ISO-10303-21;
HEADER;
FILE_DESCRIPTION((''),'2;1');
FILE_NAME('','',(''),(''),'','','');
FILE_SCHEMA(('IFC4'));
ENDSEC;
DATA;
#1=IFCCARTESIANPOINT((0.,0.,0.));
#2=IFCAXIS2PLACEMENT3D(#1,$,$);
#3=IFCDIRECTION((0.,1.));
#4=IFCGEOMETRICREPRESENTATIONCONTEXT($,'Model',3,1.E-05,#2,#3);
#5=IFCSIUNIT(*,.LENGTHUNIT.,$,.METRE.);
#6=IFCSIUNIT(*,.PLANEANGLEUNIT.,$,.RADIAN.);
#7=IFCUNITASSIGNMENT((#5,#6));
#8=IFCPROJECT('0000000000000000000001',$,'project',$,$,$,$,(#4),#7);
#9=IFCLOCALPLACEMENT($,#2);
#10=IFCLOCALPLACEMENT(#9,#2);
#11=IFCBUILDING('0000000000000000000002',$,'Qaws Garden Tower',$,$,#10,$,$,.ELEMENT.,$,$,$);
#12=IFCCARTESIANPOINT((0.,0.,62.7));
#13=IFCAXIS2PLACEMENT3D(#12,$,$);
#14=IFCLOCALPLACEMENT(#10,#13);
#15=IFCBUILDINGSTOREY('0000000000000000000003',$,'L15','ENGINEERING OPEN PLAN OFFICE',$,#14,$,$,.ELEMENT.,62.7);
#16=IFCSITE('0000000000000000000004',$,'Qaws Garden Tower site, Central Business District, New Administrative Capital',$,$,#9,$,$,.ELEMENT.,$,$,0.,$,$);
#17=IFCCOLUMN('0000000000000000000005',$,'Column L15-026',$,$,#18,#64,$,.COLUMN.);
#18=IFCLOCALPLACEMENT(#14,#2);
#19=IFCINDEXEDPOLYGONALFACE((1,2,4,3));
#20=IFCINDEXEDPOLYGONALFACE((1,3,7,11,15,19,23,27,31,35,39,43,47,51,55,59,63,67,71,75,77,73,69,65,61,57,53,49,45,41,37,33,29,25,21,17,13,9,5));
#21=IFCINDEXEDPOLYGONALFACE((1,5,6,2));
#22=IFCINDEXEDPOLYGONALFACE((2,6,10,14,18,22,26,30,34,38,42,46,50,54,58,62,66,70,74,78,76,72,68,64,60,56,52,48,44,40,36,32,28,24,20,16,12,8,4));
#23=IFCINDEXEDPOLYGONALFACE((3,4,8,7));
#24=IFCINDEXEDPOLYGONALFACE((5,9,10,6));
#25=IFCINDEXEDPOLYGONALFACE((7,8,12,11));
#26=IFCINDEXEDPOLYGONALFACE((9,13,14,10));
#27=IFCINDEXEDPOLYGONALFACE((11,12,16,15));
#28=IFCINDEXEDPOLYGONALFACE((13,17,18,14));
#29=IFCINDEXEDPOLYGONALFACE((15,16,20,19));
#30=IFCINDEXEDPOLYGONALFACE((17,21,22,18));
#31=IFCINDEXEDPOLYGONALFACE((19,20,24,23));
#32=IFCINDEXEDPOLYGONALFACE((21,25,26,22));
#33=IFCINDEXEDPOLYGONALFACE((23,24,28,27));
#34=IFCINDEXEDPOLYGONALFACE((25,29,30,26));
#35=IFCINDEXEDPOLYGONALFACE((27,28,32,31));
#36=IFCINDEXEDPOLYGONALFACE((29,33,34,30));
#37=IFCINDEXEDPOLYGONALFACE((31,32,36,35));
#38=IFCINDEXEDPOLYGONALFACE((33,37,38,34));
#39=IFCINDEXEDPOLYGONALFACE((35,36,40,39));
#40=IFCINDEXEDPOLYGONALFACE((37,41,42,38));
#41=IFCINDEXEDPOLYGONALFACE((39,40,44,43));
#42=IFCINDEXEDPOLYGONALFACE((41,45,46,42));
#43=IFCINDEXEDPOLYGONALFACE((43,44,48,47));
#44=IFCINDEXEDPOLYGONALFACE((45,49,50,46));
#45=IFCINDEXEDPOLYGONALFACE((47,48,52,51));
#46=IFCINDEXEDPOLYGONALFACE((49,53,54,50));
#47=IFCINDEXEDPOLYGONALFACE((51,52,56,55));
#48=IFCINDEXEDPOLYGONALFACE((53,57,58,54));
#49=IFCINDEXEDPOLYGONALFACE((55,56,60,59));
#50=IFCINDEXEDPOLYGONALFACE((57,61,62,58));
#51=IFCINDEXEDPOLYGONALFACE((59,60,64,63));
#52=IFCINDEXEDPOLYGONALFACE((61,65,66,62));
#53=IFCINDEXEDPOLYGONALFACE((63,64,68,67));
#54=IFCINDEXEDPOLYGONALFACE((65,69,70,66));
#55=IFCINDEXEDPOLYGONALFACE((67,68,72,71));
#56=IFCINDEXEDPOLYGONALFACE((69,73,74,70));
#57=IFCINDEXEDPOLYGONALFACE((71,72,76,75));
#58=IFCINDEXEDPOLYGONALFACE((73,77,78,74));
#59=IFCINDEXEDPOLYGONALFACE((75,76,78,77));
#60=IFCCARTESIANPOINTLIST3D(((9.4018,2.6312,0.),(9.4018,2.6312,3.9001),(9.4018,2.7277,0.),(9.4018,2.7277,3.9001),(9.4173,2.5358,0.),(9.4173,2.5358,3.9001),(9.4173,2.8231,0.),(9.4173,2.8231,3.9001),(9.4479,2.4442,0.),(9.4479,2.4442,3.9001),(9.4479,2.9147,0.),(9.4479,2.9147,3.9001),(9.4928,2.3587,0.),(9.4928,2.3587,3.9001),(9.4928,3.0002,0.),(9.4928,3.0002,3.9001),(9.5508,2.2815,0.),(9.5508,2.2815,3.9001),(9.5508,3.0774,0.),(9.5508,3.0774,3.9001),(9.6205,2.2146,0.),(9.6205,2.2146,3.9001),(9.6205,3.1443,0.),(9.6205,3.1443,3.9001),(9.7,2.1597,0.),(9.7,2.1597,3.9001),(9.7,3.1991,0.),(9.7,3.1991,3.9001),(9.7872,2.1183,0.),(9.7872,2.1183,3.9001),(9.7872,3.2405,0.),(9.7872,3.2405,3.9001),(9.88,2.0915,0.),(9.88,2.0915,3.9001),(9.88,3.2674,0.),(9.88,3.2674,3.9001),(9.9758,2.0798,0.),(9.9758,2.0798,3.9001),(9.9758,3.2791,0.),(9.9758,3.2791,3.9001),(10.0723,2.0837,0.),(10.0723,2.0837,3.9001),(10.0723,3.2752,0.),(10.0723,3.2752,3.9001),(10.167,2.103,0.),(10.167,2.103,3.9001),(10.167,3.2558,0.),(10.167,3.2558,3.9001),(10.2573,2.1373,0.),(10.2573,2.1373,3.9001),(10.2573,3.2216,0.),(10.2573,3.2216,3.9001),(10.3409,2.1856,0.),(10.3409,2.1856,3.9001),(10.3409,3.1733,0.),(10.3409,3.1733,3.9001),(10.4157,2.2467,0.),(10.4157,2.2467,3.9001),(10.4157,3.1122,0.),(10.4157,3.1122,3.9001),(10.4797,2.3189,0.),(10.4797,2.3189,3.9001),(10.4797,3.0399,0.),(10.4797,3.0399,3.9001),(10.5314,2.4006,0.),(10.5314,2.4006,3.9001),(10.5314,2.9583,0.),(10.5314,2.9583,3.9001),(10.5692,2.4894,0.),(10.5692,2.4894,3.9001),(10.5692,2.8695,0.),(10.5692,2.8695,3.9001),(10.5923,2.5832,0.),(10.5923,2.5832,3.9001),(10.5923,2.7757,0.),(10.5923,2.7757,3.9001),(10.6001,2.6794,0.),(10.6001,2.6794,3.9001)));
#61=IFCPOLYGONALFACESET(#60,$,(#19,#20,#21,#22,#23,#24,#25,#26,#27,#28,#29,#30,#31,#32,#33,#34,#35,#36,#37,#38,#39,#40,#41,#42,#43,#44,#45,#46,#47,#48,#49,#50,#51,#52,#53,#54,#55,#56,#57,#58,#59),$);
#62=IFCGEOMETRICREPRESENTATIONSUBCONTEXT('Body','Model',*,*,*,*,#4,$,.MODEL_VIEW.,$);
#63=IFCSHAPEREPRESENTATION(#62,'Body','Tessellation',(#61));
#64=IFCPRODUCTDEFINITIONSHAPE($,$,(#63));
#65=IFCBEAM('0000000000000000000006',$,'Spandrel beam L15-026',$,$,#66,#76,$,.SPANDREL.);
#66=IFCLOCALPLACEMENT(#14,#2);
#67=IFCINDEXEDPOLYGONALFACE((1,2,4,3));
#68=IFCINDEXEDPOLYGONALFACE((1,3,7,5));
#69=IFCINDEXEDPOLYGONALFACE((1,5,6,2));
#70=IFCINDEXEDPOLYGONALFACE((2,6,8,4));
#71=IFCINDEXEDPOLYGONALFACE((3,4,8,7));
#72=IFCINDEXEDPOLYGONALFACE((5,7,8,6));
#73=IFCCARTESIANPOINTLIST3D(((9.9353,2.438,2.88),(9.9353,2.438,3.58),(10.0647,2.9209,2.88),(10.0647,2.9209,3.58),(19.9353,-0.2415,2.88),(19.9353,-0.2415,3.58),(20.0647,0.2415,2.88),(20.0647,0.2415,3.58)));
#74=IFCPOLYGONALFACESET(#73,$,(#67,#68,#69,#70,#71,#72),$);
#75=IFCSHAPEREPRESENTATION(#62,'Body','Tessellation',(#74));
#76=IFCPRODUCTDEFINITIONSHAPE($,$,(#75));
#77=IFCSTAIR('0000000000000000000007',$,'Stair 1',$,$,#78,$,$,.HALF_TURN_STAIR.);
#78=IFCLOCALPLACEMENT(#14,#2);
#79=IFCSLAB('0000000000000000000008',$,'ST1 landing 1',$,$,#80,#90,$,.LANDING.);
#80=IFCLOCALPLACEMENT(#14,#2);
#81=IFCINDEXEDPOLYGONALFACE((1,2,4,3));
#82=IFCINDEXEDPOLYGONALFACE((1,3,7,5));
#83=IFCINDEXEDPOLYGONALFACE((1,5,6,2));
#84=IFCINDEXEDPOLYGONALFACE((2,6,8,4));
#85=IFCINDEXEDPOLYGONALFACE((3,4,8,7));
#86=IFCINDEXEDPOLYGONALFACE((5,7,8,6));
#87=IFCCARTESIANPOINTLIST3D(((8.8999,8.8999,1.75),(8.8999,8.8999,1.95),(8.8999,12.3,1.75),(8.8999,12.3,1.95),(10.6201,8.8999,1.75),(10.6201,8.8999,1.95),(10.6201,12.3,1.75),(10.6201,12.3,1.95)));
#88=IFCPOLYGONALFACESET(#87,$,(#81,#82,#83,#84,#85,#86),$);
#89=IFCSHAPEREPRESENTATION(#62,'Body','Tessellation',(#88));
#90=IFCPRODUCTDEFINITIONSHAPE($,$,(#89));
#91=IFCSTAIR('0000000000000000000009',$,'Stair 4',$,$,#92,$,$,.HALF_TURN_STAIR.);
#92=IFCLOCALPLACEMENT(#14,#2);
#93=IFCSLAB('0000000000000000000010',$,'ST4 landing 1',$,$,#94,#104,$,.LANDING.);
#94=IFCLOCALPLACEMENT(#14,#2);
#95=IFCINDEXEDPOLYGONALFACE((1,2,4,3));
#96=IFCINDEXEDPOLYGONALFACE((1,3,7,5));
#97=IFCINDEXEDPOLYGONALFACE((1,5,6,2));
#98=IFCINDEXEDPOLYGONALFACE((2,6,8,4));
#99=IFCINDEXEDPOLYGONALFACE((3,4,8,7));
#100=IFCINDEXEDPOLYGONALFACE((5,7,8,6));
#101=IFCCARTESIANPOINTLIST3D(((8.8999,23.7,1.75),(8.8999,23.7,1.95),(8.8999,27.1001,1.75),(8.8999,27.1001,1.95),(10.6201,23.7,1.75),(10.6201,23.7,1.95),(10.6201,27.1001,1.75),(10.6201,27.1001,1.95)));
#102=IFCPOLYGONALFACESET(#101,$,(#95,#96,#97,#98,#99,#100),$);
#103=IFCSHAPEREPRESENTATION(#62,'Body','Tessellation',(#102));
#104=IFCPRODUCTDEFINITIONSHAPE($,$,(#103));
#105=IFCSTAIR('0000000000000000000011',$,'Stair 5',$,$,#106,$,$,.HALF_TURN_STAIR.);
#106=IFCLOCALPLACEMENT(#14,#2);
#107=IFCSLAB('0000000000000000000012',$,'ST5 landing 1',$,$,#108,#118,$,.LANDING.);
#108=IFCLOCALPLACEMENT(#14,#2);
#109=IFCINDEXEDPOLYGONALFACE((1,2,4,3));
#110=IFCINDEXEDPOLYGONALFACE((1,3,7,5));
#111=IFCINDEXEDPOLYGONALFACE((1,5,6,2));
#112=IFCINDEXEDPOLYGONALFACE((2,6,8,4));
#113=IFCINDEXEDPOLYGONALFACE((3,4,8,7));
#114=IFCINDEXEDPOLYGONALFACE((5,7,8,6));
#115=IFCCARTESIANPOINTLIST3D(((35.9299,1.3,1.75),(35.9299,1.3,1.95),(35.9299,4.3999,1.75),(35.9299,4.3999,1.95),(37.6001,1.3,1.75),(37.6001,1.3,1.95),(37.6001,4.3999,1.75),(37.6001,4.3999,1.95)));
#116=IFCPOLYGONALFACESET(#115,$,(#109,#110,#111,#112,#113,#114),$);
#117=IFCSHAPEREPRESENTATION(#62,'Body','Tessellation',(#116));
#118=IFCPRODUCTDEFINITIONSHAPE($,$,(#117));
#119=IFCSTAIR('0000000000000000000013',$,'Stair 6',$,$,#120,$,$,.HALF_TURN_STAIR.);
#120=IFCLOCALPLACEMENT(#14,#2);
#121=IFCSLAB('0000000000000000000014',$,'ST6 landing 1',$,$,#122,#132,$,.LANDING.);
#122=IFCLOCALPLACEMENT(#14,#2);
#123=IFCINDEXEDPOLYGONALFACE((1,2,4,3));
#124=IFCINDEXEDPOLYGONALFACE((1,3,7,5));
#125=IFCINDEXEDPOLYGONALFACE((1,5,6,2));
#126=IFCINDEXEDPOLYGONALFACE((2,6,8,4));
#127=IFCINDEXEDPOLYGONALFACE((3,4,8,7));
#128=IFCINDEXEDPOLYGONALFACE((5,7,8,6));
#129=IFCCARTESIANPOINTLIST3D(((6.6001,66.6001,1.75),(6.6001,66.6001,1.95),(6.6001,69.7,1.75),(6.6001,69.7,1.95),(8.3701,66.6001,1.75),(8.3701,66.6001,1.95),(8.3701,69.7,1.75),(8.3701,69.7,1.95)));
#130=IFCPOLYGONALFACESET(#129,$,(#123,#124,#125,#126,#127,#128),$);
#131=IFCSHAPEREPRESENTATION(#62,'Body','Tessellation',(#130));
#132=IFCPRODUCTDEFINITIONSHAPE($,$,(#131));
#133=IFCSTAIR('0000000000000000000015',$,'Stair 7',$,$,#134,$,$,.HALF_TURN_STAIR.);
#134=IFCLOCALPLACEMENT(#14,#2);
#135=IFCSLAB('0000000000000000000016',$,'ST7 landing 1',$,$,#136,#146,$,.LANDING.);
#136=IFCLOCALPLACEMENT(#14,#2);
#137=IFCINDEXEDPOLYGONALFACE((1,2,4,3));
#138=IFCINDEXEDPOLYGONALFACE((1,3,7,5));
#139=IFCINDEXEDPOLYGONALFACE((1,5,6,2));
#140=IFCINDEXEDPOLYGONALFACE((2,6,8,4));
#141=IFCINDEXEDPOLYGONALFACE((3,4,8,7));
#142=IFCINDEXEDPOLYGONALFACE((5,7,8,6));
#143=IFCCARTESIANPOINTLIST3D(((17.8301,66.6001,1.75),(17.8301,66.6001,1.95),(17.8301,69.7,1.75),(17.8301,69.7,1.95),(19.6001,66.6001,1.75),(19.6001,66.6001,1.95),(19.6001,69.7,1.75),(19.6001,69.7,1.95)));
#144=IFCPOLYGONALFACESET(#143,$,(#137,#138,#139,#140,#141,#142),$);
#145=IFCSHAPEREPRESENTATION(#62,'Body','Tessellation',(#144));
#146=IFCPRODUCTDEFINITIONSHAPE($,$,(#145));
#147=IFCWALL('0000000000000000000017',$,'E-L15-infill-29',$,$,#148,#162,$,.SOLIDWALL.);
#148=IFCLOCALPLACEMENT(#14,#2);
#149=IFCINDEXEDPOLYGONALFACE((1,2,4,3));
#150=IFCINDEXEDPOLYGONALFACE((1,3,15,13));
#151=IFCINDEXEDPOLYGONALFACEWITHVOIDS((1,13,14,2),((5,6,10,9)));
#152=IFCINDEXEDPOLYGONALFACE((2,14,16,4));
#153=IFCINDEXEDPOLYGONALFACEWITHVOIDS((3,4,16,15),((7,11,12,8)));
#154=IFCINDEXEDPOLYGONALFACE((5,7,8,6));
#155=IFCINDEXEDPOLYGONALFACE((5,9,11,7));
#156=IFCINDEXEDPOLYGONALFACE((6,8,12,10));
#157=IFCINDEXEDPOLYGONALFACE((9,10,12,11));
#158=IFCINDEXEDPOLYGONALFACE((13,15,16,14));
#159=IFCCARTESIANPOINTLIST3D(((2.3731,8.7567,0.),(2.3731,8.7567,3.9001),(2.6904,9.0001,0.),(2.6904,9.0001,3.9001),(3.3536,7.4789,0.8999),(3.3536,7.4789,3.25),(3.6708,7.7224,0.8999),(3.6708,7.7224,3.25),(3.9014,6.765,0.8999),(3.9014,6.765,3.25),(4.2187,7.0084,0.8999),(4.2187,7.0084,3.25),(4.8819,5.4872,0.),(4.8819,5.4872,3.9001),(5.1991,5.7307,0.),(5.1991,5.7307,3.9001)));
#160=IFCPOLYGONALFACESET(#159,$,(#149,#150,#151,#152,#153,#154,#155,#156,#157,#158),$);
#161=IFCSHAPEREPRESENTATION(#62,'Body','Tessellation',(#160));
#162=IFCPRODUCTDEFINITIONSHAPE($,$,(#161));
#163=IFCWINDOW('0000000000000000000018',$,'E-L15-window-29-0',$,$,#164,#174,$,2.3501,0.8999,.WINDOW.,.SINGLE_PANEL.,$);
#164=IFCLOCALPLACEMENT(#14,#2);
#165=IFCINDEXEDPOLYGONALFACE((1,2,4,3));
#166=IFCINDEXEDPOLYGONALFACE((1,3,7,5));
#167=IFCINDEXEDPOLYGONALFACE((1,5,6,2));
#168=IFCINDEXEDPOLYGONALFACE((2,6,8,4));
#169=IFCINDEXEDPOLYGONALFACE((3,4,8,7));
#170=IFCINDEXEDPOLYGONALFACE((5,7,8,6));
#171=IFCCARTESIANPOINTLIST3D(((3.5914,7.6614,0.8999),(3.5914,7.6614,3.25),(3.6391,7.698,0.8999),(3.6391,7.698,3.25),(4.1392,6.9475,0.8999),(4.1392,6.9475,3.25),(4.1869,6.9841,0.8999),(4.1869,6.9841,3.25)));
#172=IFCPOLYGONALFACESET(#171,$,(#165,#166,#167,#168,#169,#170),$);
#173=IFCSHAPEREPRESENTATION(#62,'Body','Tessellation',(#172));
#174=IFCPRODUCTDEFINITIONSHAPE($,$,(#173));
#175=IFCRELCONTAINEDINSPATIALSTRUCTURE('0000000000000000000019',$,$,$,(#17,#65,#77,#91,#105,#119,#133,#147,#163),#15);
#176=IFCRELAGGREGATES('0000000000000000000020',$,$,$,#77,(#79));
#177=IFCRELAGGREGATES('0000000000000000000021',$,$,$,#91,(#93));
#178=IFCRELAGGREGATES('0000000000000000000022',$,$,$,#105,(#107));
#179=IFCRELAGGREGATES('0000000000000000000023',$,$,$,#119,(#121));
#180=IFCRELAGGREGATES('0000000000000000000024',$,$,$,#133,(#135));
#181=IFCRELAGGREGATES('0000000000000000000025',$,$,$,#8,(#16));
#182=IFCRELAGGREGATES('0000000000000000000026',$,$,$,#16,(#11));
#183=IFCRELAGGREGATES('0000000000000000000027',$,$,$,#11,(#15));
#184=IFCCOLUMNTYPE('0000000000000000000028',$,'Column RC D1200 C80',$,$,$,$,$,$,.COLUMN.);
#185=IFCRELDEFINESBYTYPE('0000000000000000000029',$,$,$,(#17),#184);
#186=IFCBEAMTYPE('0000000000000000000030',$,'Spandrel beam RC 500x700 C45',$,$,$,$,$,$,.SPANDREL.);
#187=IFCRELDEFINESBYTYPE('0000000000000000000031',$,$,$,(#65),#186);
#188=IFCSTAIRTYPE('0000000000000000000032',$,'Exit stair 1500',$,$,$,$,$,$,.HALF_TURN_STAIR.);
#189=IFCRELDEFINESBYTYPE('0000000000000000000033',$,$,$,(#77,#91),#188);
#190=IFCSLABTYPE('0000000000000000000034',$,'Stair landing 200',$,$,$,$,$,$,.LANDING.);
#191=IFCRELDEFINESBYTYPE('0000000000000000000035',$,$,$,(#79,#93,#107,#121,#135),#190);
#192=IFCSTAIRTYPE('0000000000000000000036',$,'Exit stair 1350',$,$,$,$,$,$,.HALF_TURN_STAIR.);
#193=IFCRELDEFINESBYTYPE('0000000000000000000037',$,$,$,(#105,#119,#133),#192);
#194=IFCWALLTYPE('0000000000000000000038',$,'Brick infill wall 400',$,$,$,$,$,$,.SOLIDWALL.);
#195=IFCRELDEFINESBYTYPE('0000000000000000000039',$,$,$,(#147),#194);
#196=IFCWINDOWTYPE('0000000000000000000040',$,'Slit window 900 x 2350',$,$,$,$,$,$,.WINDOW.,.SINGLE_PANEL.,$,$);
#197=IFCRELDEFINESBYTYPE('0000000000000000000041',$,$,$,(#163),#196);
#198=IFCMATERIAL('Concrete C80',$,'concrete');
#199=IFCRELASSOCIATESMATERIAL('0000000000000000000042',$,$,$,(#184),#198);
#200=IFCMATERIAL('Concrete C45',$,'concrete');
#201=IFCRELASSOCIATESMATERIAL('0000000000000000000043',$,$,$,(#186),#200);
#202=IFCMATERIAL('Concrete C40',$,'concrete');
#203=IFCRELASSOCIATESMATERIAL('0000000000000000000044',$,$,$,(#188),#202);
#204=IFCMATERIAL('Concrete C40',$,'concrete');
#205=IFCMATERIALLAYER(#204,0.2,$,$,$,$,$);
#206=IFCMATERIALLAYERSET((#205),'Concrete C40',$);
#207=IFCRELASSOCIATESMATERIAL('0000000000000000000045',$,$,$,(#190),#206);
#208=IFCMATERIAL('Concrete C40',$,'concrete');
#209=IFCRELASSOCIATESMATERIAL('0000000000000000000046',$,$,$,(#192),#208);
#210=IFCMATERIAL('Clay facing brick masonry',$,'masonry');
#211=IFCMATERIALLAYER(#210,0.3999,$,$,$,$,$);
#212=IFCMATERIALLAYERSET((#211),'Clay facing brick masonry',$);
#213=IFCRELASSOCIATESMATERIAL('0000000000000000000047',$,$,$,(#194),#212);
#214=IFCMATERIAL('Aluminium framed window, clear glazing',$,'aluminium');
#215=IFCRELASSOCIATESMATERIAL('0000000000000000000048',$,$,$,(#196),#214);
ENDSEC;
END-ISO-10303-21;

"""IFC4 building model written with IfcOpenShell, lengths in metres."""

from ifc_helpers import new_model, si_unit, direction, frame, frame_2d, origin, origin_2d, place, context, subcontext, project, spatial, polyline, rectangle, circle, outline, extrude, material, layer, layer_set, material_profile, profile_set, type_object, element, fill, aggregate, save


model = new_model("IFC4")

# Units and contexts
model_context = context("Model", 3, precision=1e-05, world=origin(), true_north=direction((0.0, 1.0)))
body_context = subcontext(model_context, "Body", "Model", "MODEL_VIEW")
ifc_project = project(units=[si_unit("LENGTHUNIT", "METRE"), si_unit("PLANEANGLEUNIT", "RADIAN")], contexts=[model_context])

# Site, building, storey
site_placement = place(None, origin())
site = spatial("IfcSite", under=ifc_project, at=site_placement, Name="Qaws Garden Tower site, Central Business District, New Administrative Capital", CompositionType="ELEMENT", RefElevation=0.0)
building_placement = place(site_placement, origin())
building = spatial("IfcBuilding", under=site, at=building_placement, Name="Qaws Garden Tower", CompositionType="ELEMENT")
storey_placement = place(building_placement, frame((0.0, 0.0, 62.7)))
storey = spatial("IfcBuildingStorey", under=building, at=storey_placement, Name="L15", Description="ENGINEERING OPEN PLAN OFFICE", CompositionType="ELEMENT", Elevation=62.7)

# Column
ifc_material_1 = material(Name="Concrete C80", Category="concrete")
ifc_material_profile_1 = material_profile(ifc_material_1, circle(Radius=0.6001, at=origin_2d()), Name="RC D1200")
ifc_profile_set_1 = profile_set([ifc_material_profile_1], Name="Concrete C80")
column_type = type_object("IfcColumnType", Name="Column RC D1200 C80", PredefinedType="COLUMN", material=ifc_profile_set_1)
column_placement = place(storey_placement, frame((10.0, 2.6794, 0.0), z_axis=(0.0, 0.0, 1.0), x_axis=(1.0, 0.0, 0.0)))
element("IfcColumn", 1, at=column_placement, inside=storey, type_object=column_type, Name="Column L15-026", PredefinedType="COLUMN", context=body_context, shape_type="SweptSolid", body=[
    extrude(circle(Radius=0.6001, at=origin_2d()), origin(), (0.0, 0.0, 1.0), 3.9001),
])

# Beam
ifc_material_2 = material(Name="Concrete C45", Category="concrete")
ifc_material_profile_2 = material_profile(ifc_material_2, rectangle(XDim=0.5, YDim=0.7, at=origin_2d()), Name="RC 500x700")
ifc_profile_set_2 = profile_set([ifc_material_profile_2], Name="Concrete C45")
beam_type = type_object("IfcBeamType", Name="Spandrel beam RC 500x700 C45", PredefinedType="SPANDREL", material=ifc_profile_set_2)
beam_placement = place(storey_placement, frame((10.0, 2.6794, 3.23), z_axis=(0.965927, -0.258815, 0.0), x_axis=(0.258815, 0.965927, 0.0)))
element("IfcBeam", 2, at=beam_placement, inside=storey, type_object=beam_type, Name="Spandrel beam L15-026", PredefinedType="SPANDREL", context=body_context, shape_type="SweptSolid", body=[
    extrude(rectangle(XDim=0.5, YDim=0.7, at=origin_2d()), origin(), (0.0, 0.0, 1.0), 10.3528),
])

# Stairs, slabs
ifc_material_3 = material(Name="Concrete C40", Category="concrete")
stair_type_1 = type_object("IfcStairType", Name="Exit stair 1500", PredefinedType="HALF_TURN_STAIR", material=ifc_material_3)
placement_1 = place(storey_placement, origin())
stair_1 = element("IfcStair", 3, at=placement_1, inside=storey, type_object=stair_type_1, Name="Stair 1", PredefinedType="HALF_TURN_STAIR")
ifc_material_4 = material(Name="Concrete C40", Category="concrete")
ifc_layer_1 = layer(ifc_material_4, 0.2)
ifc_layer_set_1 = layer_set([ifc_layer_1], Name="Concrete C40")
slab_type = type_object("IfcSlabType", Name="Stair landing 200", PredefinedType="LANDING", material=ifc_layer_set_1)
placement_2 = place(storey_placement, frame((0.0, 0.0, 1.75)))
slab_1 = element("IfcSlab", 4, at=placement_2, type_object=slab_type, Name="ST1 landing 1", PredefinedType="LANDING", context=body_context, shape_type="SweptSolid", body=[
    extrude(outline(polyline([(8.8999, 8.8999), (10.6201, 8.8999), (10.6201, 12.3), (8.8999, 12.3), (8.8999, 8.8999)])), origin(), (0.0, 0.0, 1.0), 0.2),
])
aggregate(stair_1, [slab_1])
stair_2 = element("IfcStair", 5, at=placement_1, inside=storey, type_object=stair_type_1, Name="Stair 4", PredefinedType="HALF_TURN_STAIR")
slab_2 = element("IfcSlab", 6, at=placement_2, type_object=slab_type, Name="ST4 landing 1", PredefinedType="LANDING", context=body_context, shape_type="SweptSolid", body=[
    extrude(outline(polyline([(8.8999, 23.7), (10.6201, 23.7), (10.6201, 27.1001), (8.8999, 27.1001), (8.8999, 23.7)])), origin(), (0.0, 0.0, 1.0), 0.2),
])
aggregate(stair_2, [slab_2])
ifc_material_5 = material(Name="Concrete C40", Category="concrete")
stair_type_2 = type_object("IfcStairType", Name="Exit stair 1350", PredefinedType="HALF_TURN_STAIR", material=ifc_material_5)
stair_3 = element("IfcStair", 7, at=placement_1, inside=storey, type_object=stair_type_2, Name="Stair 5", PredefinedType="HALF_TURN_STAIR")
slab_3 = element("IfcSlab", 8, at=placement_2, type_object=slab_type, Name="ST5 landing 1", PredefinedType="LANDING", context=body_context, shape_type="SweptSolid", body=[
    extrude(outline(polyline([(35.9299, 1.3), (37.6001, 1.3), (37.6001, 4.3999), (35.9299, 4.3999), (35.9299, 1.3)])), origin(), (0.0, 0.0, 1.0), 0.2),
])
aggregate(stair_3, [slab_3])
stair_4 = element("IfcStair", 9, at=placement_1, inside=storey, type_object=stair_type_2, Name="Stair 6", PredefinedType="HALF_TURN_STAIR")
slab_4 = element("IfcSlab", 10, at=placement_2, type_object=slab_type, Name="ST6 landing 1", PredefinedType="LANDING", context=body_context, shape_type="SweptSolid", body=[
    extrude(outline(polyline([(6.6001, 66.6001), (8.3701, 66.6001), (8.3701, 69.7), (6.6001, 69.7), (6.6001, 66.6001)])), origin(), (0.0, 0.0, 1.0), 0.2),
])
aggregate(stair_4, [slab_4])
stair_5 = element("IfcStair", 11, at=placement_1, inside=storey, type_object=stair_type_2, Name="Stair 7", PredefinedType="HALF_TURN_STAIR")
slab_5 = element("IfcSlab", 12, at=placement_2, type_object=slab_type, Name="ST7 landing 1", PredefinedType="LANDING", context=body_context, shape_type="SweptSolid", body=[
    extrude(outline(polyline([(17.8301, 66.6001), (19.6001, 66.6001), (19.6001, 69.7), (17.8301, 69.7), (17.8301, 66.6001)])), origin(), (0.0, 0.0, 1.0), 0.2),
])
aggregate(stair_5, [slab_5])

# Wall, opening, window
ifc_material_6 = material(Name="Clay facing brick masonry", Category="masonry")
ifc_layer_2 = layer(ifc_material_6, 0.3999)
ifc_layer_set_2 = layer_set([ifc_layer_2], Name="Clay facing brick masonry")
wall_type_1 = type_object("IfcWallType", Name="Brick infill wall 400", PredefinedType="SOLIDWALL", material=ifc_layer_set_2)
wall_1_placement = place(storey_placement, frame((2.5317, 8.8784, 0.0), z_axis=(0.0, 0.0, 1.0), x_axis=(0.60876, -0.793355, 0.0)))
wall_1 = element("IfcWall", 13, at=wall_1_placement, inside=storey, type_object=wall_type_1, Name="E-L15-infill-29", PredefinedType="SOLIDWALL", context=body_context, shape_type="SweptSolid", body=[
    extrude(rectangle(XDim=4.1211, YDim=0.3999, at=frame_2d((2.0605, 0.0))), origin(), (0.0, 0.0, 1.0), 3.9001),
])
opening_1_placement = place(wall_1_placement, frame((1.6106, 0.0, 0.8999)))
opening_1 = element("IfcOpeningElement", 14, at=opening_1_placement, cuts=wall_1, PredefinedType="OPENING", context=body_context, shape_type="SweptSolid", body=[
    extrude(rectangle(XDim=0.8999, YDim=2.3501, at=frame_2d((0.45, 1.175))), frame((0.0, 0.21, 0.0), z_axis=(0.0, -1.0, 0.0), x_axis=(1.0, 0.0, 0.0)), (0.0, 0.0, 1.0), 0.4199),
])
ifc_material_7 = material(Name="Aluminium framed window, clear glazing", Category="aluminium")
window_type = type_object("IfcWindowType", Name="Slit window 900 x 2350", PartitioningType="SINGLE_PANEL", PredefinedType="WINDOW", material=ifc_material_7)
window_1_placement = place(opening_1_placement, origin())
window_1 = element("IfcWindow", 15, at=window_1_placement, inside=storey, type_object=window_type, Name="E-L15-window-29-0", OverallHeight=2.3501, OverallWidth=0.8999, PartitioningType="SINGLE_PANEL", PredefinedType="WINDOW", context=body_context, shape_type="SweptSolid", body=[
    extrude(rectangle(XDim=0.8999, YDim=2.3501, at=frame_2d((0.45, 1.175))), frame((0.0, 0.1599, 0.0), z_axis=(0.0, -1.0, 0.0), x_axis=(1.0, 0.0, 0.0)), (0.0, 0.0, 1.0), 0.0601),
])
fill(opening_1, window_1)

save(model, "model.ifc")
